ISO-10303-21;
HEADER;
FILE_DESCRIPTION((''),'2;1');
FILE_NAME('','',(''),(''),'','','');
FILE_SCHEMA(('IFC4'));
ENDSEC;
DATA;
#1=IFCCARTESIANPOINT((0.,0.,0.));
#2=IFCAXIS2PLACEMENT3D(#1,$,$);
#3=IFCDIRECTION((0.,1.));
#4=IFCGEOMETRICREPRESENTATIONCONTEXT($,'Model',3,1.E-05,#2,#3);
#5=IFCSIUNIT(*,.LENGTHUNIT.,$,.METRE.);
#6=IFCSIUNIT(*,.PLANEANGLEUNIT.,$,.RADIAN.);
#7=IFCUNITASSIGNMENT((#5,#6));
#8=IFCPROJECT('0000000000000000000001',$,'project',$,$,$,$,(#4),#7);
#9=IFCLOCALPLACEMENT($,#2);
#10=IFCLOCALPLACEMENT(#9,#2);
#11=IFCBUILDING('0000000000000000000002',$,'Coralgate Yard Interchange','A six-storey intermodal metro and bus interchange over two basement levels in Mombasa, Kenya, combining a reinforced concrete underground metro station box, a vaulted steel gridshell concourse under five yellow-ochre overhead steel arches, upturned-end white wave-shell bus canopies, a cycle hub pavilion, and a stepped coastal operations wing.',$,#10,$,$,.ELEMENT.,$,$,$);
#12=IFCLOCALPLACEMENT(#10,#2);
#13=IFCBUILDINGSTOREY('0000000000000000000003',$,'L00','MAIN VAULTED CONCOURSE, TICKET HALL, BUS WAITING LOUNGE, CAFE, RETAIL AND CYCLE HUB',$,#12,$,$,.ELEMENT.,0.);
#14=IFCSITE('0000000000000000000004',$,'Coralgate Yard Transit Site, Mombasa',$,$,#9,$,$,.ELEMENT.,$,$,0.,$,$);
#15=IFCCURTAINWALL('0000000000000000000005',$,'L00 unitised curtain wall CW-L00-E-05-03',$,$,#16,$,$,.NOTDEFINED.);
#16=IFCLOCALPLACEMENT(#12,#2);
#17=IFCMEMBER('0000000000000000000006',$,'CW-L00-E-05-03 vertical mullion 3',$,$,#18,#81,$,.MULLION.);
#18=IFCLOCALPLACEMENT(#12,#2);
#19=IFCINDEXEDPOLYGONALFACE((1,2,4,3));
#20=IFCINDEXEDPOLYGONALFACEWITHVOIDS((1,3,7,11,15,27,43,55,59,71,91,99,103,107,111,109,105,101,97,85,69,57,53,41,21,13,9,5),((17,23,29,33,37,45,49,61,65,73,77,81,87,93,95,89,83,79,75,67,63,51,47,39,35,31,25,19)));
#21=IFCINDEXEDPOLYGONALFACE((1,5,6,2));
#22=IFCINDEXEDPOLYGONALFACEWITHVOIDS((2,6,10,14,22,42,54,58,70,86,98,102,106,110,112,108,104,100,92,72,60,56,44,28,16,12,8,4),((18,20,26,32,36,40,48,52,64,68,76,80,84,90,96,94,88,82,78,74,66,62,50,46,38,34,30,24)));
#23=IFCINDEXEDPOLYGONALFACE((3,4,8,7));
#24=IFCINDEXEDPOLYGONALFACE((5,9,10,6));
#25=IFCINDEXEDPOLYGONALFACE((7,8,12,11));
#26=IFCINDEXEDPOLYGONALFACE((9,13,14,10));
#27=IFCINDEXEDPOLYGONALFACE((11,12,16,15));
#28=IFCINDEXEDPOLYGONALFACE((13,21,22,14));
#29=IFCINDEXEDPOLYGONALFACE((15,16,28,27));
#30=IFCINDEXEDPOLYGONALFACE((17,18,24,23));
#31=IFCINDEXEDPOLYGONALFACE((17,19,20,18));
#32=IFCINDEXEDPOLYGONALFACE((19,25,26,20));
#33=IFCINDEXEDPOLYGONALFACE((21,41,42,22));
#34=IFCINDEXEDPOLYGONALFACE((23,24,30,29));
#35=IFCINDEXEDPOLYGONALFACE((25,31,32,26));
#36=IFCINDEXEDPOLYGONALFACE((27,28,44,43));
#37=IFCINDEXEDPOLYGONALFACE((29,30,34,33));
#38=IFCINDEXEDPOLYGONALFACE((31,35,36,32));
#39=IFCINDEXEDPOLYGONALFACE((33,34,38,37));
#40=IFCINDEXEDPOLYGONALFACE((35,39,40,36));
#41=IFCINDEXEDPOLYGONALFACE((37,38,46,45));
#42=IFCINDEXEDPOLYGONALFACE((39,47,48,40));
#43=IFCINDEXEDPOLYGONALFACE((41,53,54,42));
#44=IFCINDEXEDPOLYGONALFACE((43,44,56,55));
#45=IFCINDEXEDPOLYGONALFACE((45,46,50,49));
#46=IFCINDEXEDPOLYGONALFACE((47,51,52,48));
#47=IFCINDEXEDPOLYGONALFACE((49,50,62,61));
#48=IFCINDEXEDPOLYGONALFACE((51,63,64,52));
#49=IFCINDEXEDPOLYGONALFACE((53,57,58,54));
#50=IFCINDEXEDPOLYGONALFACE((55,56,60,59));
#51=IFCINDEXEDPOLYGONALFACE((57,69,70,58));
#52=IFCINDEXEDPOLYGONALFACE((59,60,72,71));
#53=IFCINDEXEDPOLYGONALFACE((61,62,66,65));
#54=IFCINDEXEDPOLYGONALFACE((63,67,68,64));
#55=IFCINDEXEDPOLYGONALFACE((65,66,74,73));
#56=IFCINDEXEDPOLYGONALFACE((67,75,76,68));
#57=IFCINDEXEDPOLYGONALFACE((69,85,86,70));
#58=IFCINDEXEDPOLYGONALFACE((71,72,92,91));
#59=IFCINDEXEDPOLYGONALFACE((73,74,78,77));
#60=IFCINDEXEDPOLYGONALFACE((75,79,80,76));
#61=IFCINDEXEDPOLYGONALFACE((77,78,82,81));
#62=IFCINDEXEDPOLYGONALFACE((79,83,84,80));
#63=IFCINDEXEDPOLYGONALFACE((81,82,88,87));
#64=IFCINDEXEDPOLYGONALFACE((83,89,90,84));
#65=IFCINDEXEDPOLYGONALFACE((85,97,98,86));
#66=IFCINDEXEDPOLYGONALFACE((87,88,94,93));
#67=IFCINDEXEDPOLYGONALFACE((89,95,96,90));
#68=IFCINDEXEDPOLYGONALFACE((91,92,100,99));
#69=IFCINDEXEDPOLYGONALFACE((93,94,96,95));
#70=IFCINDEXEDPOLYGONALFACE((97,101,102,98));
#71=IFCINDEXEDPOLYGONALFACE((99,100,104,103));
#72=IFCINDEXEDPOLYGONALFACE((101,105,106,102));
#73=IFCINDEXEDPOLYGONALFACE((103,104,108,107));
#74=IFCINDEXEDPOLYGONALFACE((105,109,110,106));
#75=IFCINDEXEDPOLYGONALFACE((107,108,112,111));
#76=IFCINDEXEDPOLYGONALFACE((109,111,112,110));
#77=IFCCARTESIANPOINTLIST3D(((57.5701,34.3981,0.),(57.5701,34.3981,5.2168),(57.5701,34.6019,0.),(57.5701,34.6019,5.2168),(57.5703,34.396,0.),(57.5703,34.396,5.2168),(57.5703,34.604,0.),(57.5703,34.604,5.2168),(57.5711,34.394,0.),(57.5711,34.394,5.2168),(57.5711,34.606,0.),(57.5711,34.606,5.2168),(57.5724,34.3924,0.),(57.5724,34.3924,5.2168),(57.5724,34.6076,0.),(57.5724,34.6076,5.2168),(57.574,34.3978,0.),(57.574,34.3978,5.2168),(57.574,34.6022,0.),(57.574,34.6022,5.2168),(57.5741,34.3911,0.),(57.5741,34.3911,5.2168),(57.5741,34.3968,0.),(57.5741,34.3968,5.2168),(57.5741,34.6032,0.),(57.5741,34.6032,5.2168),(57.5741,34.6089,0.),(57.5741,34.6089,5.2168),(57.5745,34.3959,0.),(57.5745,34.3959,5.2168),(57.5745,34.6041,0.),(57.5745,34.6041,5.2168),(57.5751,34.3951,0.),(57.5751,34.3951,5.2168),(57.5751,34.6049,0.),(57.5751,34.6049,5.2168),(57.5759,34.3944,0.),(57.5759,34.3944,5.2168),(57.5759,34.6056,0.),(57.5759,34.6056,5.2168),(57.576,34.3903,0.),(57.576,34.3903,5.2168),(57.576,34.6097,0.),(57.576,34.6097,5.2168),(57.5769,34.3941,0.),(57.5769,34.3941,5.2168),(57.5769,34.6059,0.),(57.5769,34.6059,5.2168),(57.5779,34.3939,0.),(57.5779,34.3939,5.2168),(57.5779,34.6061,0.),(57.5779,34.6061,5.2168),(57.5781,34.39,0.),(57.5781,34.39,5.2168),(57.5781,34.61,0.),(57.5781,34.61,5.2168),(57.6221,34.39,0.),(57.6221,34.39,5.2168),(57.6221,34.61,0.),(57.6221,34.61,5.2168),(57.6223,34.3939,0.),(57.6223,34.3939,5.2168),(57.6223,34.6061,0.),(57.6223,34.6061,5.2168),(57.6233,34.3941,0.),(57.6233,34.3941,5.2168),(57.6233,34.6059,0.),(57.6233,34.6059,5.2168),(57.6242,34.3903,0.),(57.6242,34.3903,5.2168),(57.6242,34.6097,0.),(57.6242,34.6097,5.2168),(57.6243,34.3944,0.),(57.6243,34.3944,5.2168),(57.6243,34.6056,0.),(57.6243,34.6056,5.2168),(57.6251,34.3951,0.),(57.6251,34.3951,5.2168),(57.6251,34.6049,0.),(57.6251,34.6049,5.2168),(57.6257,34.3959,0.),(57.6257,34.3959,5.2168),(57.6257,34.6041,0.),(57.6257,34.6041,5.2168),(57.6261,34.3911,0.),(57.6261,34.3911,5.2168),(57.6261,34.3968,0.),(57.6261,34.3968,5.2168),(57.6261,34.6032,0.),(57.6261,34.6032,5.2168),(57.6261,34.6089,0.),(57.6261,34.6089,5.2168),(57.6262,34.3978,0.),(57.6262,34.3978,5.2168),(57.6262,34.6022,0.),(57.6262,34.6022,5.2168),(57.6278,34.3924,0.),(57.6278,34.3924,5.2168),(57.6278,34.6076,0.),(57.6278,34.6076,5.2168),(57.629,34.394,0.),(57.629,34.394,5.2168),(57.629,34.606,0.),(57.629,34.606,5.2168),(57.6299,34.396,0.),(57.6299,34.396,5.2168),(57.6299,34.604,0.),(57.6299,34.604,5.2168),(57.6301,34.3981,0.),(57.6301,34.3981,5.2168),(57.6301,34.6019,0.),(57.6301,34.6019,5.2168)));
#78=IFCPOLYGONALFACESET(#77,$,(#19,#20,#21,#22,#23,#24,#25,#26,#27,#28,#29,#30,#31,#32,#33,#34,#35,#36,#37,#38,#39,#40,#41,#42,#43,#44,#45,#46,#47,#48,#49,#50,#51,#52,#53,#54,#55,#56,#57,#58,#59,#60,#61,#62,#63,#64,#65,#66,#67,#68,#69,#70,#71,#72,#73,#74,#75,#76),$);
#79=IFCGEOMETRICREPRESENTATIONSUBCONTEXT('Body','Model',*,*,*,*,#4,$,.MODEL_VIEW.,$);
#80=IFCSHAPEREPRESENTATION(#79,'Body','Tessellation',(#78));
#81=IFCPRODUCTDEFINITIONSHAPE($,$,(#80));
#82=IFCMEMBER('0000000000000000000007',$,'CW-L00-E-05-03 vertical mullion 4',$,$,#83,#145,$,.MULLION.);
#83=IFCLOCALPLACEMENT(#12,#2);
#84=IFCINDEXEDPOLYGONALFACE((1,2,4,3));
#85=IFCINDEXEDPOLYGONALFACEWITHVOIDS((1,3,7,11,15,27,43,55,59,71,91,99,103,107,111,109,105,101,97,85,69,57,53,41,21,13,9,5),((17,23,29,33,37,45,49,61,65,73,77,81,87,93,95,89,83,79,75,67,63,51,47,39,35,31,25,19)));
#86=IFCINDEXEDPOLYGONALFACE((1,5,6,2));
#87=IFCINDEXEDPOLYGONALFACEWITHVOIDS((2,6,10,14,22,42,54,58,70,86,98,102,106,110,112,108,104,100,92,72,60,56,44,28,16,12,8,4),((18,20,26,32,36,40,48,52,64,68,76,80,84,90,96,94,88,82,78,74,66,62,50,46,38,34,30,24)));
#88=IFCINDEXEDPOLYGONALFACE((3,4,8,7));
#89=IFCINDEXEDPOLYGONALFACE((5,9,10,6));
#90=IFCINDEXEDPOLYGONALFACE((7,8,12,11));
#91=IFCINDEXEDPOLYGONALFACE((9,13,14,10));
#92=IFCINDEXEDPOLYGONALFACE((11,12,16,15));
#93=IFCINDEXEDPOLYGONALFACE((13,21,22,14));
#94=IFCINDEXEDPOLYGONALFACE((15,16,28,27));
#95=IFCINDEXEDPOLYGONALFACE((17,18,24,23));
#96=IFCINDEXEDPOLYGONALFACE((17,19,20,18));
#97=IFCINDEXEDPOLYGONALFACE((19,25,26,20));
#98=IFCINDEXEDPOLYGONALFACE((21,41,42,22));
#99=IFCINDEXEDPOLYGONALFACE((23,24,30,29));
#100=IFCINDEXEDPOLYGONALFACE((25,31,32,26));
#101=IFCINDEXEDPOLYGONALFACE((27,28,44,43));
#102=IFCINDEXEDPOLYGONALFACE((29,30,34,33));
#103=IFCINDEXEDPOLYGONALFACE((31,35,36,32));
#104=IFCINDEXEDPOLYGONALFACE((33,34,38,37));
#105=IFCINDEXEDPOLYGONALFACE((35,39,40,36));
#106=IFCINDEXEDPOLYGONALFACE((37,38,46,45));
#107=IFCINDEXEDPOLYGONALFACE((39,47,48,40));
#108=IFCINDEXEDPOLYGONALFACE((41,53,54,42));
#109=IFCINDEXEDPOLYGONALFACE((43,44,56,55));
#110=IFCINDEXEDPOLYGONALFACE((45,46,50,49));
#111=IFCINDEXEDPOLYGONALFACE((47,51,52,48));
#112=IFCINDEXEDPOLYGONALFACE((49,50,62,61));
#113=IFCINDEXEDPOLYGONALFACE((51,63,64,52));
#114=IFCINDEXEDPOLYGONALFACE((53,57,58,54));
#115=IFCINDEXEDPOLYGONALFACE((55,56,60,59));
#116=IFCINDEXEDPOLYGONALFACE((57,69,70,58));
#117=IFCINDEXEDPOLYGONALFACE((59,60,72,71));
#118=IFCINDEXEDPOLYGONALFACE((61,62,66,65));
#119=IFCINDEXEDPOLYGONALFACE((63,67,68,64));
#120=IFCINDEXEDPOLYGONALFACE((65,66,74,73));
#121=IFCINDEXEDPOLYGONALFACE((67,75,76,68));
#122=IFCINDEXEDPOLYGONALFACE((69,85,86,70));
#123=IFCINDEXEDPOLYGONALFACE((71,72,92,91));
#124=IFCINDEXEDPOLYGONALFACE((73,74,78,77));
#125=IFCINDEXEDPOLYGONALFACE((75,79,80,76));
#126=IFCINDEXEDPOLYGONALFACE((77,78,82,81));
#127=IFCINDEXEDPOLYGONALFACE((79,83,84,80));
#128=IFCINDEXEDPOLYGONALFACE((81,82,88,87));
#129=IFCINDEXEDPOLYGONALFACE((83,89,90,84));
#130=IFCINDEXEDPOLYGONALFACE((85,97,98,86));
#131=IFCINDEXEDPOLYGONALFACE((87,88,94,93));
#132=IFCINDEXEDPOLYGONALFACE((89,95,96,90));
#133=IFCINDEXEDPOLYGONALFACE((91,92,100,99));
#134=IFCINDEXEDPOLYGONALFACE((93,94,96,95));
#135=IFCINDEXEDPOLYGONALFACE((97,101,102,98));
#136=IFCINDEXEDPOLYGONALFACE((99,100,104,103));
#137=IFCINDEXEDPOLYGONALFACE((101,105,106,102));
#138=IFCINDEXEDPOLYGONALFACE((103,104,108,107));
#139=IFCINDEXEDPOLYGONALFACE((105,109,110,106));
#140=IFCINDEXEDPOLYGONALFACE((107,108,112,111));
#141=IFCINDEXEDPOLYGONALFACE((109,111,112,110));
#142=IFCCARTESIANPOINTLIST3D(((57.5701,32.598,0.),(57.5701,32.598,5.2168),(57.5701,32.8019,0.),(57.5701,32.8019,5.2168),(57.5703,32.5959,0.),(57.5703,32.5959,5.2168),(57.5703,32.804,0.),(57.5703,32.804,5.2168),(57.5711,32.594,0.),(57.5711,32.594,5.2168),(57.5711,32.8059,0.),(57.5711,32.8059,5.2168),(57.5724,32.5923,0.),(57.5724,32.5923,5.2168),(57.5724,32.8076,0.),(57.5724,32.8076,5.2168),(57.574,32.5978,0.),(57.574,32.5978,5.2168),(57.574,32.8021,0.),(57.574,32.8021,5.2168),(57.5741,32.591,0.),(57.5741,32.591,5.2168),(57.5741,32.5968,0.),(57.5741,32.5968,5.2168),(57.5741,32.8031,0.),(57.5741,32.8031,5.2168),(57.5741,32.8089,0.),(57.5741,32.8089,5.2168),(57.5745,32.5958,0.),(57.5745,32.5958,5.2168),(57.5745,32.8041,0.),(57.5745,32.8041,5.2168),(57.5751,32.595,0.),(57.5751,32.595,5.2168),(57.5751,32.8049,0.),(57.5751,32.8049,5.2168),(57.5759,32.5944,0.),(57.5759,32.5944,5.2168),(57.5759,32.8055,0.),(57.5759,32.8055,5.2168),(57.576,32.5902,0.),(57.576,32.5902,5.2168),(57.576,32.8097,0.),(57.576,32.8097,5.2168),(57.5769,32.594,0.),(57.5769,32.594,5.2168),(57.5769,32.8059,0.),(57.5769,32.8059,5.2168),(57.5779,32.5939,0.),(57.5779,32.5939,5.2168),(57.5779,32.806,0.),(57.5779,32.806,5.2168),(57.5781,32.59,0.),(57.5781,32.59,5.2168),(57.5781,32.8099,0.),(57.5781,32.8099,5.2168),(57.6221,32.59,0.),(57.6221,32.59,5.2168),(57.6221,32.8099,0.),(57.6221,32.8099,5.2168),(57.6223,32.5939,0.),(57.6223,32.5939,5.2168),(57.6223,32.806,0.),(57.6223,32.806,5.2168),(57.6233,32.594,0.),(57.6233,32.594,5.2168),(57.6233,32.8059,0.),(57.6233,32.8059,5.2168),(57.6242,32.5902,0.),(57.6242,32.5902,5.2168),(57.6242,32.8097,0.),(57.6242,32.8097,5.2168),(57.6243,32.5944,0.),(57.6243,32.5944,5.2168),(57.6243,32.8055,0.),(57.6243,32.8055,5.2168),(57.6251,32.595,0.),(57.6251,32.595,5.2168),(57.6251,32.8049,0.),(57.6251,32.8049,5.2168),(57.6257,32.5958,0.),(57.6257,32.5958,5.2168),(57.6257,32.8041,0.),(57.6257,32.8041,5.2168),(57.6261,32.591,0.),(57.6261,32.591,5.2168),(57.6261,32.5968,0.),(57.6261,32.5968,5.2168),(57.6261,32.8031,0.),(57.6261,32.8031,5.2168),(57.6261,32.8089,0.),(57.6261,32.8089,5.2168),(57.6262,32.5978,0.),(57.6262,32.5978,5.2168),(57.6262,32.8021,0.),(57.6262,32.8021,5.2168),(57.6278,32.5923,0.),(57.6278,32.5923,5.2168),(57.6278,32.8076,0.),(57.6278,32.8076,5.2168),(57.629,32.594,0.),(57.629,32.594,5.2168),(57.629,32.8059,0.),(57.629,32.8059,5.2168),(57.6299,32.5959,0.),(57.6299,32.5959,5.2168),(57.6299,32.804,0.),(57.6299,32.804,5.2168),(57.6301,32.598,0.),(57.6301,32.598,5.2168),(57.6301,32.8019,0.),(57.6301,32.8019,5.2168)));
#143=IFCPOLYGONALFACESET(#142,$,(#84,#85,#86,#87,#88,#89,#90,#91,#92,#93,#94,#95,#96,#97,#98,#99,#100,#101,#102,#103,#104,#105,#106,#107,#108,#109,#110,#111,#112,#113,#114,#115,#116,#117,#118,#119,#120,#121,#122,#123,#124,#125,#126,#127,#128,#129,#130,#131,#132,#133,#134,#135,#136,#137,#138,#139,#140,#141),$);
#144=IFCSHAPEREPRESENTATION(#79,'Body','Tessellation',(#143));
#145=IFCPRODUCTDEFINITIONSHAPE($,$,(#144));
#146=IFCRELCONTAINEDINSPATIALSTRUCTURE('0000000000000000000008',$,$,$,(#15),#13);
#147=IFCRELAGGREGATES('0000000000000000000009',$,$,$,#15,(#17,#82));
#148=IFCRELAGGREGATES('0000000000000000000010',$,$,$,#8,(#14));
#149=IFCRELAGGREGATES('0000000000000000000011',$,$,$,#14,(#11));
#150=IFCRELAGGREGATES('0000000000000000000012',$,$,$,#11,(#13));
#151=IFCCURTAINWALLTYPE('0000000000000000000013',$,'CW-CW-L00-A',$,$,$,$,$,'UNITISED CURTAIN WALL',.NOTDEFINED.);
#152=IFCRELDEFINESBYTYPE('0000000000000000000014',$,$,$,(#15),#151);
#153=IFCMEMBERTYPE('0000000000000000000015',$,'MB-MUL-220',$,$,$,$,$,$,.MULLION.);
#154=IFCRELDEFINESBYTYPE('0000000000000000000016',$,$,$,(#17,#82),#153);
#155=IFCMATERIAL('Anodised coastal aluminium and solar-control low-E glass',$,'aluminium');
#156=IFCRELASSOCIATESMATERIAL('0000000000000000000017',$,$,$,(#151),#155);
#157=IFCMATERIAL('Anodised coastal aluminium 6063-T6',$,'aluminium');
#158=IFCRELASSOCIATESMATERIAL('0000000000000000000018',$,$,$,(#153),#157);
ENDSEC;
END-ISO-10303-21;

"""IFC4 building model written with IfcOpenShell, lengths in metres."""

from ifc_helpers import new_model, si_unit, direction, frame, origin, origin_2d, place, context, subcontext, project, spatial, hollow_rectangle, extrude, material, material_profile, profile_set, type_object, element, aggregate, save


model = new_model("IFC4")

# Units and contexts
model_context = context("Model", 3, precision=1e-05, world=origin(), true_north=direction((0.0, 1.0)))
body_context = subcontext(model_context, "Body", "Model", "MODEL_VIEW")
ifc_project = project(units=[si_unit("LENGTHUNIT", "METRE"), si_unit("PLANEANGLEUNIT", "RADIAN")], contexts=[model_context])

# Site, building, storey
site_placement = place(None, origin())
site = spatial("IfcSite", under=ifc_project, at=site_placement, Name="Coralgate Yard Transit Site, Mombasa", CompositionType="ELEMENT", RefElevation=0.0)
building_placement = place(site_placement, origin())
building = spatial("IfcBuilding", under=site, at=building_placement, Name="Coralgate Yard Interchange", Description="A six-storey intermodal metro and bus interchange over two basement levels in Mombasa, Kenya, combining a reinforced concrete underground metro station box, a vaulted steel gridshell concourse under five yellow-ochre overhead steel arches, upturned-end white wave-shell bus canopies, a cycle hub pavilion, and a stepped coastal operations wing.", CompositionType="ELEMENT")
storey_placement = place(building_placement, origin())
storey = spatial("IfcBuildingStorey", under=building, at=storey_placement, Name="L00", Description="MAIN VAULTED CONCOURSE, TICKET HALL, BUS WAITING LOUNGE, CAFE, RETAIL AND CYCLE HUB", CompositionType="ELEMENT", Elevation=0.0)

# Shared definitions
ifc_material_1 = material(Name="Anodised coastal aluminium and solar-control low-E glass", Category="aluminium")
curtain_wall_type = type_object("IfcCurtainWallType", Name="CW-CW-L00-A", ElementType="UNITISED CURTAIN WALL", PredefinedType="NOTDEFINED", material=ifc_material_1)
ifc_material_2 = material(Name="Anodised coastal aluminium 6063-T6", Category="aluminium")
ifc_material_profile_1 = material_profile(ifc_material_2, hollow_rectangle(XDim=0.0601, YDim=0.22, WallThickness=0.0039, InnerFilletRadius=0.0039, OuterFilletRadius=0.0081, at=origin_2d()), Name="ALU 60x220x4")
ifc_profile_set_1 = profile_set([ifc_material_profile_1], Name="Anodised coastal aluminium 6063-T6")
member_type_1 = type_object("IfcMemberType", Name="MB-MUL-220", PredefinedType="MULLION", material=ifc_profile_set_1)

# Curtain wall, members
curtain_wall_1_placement = place(storey_placement, origin())
curtain_wall_1 = element("IfcCurtainWall", 1, at=curtain_wall_1_placement, inside=storey, type_object=curtain_wall_type, Name="L00 unitised curtain wall CW-L00-E-05-03", PredefinedType="NOTDEFINED")
member_1_placement = place(storey_placement, frame((57.6001, 34.5, 0.0), z_axis=(0.0, 0.0, 1.0), x_axis=(1.0, 0.0, 0.0)))
member_1 = element("IfcMember", 2, at=member_1_placement, type_object=member_type_1, Name="CW-L00-E-05-03 vertical mullion 3", PredefinedType="MULLION", context=body_context, shape_type="SweptSolid", body=[
    extrude(hollow_rectangle(XDim=0.0601, YDim=0.22, WallThickness=0.0039, InnerFilletRadius=0.0039, OuterFilletRadius=0.0081, at=origin_2d()), origin(), (0.0, 0.0, 1.0), 5.2168),
])
member_2_placement = place(storey_placement, frame((57.6001, 32.7, 0.0), z_axis=(0.0, 0.0, 1.0), x_axis=(1.0, 0.0, 0.0)))
member_2 = element("IfcMember", 3, at=member_2_placement, type_object=member_type_1, Name="CW-L00-E-05-03 vertical mullion 4", PredefinedType="MULLION", context=body_context, shape_type="SweptSolid", body=[
    extrude(hollow_rectangle(XDim=0.0601, YDim=0.22, WallThickness=0.0039, InnerFilletRadius=0.0039, OuterFilletRadius=0.0081, at=origin_2d()), origin(), (0.0, 0.0, 1.0), 5.2168),
])

aggregate(curtain_wall_1, [member_1, member_2])

save(model, "model.ifc")
